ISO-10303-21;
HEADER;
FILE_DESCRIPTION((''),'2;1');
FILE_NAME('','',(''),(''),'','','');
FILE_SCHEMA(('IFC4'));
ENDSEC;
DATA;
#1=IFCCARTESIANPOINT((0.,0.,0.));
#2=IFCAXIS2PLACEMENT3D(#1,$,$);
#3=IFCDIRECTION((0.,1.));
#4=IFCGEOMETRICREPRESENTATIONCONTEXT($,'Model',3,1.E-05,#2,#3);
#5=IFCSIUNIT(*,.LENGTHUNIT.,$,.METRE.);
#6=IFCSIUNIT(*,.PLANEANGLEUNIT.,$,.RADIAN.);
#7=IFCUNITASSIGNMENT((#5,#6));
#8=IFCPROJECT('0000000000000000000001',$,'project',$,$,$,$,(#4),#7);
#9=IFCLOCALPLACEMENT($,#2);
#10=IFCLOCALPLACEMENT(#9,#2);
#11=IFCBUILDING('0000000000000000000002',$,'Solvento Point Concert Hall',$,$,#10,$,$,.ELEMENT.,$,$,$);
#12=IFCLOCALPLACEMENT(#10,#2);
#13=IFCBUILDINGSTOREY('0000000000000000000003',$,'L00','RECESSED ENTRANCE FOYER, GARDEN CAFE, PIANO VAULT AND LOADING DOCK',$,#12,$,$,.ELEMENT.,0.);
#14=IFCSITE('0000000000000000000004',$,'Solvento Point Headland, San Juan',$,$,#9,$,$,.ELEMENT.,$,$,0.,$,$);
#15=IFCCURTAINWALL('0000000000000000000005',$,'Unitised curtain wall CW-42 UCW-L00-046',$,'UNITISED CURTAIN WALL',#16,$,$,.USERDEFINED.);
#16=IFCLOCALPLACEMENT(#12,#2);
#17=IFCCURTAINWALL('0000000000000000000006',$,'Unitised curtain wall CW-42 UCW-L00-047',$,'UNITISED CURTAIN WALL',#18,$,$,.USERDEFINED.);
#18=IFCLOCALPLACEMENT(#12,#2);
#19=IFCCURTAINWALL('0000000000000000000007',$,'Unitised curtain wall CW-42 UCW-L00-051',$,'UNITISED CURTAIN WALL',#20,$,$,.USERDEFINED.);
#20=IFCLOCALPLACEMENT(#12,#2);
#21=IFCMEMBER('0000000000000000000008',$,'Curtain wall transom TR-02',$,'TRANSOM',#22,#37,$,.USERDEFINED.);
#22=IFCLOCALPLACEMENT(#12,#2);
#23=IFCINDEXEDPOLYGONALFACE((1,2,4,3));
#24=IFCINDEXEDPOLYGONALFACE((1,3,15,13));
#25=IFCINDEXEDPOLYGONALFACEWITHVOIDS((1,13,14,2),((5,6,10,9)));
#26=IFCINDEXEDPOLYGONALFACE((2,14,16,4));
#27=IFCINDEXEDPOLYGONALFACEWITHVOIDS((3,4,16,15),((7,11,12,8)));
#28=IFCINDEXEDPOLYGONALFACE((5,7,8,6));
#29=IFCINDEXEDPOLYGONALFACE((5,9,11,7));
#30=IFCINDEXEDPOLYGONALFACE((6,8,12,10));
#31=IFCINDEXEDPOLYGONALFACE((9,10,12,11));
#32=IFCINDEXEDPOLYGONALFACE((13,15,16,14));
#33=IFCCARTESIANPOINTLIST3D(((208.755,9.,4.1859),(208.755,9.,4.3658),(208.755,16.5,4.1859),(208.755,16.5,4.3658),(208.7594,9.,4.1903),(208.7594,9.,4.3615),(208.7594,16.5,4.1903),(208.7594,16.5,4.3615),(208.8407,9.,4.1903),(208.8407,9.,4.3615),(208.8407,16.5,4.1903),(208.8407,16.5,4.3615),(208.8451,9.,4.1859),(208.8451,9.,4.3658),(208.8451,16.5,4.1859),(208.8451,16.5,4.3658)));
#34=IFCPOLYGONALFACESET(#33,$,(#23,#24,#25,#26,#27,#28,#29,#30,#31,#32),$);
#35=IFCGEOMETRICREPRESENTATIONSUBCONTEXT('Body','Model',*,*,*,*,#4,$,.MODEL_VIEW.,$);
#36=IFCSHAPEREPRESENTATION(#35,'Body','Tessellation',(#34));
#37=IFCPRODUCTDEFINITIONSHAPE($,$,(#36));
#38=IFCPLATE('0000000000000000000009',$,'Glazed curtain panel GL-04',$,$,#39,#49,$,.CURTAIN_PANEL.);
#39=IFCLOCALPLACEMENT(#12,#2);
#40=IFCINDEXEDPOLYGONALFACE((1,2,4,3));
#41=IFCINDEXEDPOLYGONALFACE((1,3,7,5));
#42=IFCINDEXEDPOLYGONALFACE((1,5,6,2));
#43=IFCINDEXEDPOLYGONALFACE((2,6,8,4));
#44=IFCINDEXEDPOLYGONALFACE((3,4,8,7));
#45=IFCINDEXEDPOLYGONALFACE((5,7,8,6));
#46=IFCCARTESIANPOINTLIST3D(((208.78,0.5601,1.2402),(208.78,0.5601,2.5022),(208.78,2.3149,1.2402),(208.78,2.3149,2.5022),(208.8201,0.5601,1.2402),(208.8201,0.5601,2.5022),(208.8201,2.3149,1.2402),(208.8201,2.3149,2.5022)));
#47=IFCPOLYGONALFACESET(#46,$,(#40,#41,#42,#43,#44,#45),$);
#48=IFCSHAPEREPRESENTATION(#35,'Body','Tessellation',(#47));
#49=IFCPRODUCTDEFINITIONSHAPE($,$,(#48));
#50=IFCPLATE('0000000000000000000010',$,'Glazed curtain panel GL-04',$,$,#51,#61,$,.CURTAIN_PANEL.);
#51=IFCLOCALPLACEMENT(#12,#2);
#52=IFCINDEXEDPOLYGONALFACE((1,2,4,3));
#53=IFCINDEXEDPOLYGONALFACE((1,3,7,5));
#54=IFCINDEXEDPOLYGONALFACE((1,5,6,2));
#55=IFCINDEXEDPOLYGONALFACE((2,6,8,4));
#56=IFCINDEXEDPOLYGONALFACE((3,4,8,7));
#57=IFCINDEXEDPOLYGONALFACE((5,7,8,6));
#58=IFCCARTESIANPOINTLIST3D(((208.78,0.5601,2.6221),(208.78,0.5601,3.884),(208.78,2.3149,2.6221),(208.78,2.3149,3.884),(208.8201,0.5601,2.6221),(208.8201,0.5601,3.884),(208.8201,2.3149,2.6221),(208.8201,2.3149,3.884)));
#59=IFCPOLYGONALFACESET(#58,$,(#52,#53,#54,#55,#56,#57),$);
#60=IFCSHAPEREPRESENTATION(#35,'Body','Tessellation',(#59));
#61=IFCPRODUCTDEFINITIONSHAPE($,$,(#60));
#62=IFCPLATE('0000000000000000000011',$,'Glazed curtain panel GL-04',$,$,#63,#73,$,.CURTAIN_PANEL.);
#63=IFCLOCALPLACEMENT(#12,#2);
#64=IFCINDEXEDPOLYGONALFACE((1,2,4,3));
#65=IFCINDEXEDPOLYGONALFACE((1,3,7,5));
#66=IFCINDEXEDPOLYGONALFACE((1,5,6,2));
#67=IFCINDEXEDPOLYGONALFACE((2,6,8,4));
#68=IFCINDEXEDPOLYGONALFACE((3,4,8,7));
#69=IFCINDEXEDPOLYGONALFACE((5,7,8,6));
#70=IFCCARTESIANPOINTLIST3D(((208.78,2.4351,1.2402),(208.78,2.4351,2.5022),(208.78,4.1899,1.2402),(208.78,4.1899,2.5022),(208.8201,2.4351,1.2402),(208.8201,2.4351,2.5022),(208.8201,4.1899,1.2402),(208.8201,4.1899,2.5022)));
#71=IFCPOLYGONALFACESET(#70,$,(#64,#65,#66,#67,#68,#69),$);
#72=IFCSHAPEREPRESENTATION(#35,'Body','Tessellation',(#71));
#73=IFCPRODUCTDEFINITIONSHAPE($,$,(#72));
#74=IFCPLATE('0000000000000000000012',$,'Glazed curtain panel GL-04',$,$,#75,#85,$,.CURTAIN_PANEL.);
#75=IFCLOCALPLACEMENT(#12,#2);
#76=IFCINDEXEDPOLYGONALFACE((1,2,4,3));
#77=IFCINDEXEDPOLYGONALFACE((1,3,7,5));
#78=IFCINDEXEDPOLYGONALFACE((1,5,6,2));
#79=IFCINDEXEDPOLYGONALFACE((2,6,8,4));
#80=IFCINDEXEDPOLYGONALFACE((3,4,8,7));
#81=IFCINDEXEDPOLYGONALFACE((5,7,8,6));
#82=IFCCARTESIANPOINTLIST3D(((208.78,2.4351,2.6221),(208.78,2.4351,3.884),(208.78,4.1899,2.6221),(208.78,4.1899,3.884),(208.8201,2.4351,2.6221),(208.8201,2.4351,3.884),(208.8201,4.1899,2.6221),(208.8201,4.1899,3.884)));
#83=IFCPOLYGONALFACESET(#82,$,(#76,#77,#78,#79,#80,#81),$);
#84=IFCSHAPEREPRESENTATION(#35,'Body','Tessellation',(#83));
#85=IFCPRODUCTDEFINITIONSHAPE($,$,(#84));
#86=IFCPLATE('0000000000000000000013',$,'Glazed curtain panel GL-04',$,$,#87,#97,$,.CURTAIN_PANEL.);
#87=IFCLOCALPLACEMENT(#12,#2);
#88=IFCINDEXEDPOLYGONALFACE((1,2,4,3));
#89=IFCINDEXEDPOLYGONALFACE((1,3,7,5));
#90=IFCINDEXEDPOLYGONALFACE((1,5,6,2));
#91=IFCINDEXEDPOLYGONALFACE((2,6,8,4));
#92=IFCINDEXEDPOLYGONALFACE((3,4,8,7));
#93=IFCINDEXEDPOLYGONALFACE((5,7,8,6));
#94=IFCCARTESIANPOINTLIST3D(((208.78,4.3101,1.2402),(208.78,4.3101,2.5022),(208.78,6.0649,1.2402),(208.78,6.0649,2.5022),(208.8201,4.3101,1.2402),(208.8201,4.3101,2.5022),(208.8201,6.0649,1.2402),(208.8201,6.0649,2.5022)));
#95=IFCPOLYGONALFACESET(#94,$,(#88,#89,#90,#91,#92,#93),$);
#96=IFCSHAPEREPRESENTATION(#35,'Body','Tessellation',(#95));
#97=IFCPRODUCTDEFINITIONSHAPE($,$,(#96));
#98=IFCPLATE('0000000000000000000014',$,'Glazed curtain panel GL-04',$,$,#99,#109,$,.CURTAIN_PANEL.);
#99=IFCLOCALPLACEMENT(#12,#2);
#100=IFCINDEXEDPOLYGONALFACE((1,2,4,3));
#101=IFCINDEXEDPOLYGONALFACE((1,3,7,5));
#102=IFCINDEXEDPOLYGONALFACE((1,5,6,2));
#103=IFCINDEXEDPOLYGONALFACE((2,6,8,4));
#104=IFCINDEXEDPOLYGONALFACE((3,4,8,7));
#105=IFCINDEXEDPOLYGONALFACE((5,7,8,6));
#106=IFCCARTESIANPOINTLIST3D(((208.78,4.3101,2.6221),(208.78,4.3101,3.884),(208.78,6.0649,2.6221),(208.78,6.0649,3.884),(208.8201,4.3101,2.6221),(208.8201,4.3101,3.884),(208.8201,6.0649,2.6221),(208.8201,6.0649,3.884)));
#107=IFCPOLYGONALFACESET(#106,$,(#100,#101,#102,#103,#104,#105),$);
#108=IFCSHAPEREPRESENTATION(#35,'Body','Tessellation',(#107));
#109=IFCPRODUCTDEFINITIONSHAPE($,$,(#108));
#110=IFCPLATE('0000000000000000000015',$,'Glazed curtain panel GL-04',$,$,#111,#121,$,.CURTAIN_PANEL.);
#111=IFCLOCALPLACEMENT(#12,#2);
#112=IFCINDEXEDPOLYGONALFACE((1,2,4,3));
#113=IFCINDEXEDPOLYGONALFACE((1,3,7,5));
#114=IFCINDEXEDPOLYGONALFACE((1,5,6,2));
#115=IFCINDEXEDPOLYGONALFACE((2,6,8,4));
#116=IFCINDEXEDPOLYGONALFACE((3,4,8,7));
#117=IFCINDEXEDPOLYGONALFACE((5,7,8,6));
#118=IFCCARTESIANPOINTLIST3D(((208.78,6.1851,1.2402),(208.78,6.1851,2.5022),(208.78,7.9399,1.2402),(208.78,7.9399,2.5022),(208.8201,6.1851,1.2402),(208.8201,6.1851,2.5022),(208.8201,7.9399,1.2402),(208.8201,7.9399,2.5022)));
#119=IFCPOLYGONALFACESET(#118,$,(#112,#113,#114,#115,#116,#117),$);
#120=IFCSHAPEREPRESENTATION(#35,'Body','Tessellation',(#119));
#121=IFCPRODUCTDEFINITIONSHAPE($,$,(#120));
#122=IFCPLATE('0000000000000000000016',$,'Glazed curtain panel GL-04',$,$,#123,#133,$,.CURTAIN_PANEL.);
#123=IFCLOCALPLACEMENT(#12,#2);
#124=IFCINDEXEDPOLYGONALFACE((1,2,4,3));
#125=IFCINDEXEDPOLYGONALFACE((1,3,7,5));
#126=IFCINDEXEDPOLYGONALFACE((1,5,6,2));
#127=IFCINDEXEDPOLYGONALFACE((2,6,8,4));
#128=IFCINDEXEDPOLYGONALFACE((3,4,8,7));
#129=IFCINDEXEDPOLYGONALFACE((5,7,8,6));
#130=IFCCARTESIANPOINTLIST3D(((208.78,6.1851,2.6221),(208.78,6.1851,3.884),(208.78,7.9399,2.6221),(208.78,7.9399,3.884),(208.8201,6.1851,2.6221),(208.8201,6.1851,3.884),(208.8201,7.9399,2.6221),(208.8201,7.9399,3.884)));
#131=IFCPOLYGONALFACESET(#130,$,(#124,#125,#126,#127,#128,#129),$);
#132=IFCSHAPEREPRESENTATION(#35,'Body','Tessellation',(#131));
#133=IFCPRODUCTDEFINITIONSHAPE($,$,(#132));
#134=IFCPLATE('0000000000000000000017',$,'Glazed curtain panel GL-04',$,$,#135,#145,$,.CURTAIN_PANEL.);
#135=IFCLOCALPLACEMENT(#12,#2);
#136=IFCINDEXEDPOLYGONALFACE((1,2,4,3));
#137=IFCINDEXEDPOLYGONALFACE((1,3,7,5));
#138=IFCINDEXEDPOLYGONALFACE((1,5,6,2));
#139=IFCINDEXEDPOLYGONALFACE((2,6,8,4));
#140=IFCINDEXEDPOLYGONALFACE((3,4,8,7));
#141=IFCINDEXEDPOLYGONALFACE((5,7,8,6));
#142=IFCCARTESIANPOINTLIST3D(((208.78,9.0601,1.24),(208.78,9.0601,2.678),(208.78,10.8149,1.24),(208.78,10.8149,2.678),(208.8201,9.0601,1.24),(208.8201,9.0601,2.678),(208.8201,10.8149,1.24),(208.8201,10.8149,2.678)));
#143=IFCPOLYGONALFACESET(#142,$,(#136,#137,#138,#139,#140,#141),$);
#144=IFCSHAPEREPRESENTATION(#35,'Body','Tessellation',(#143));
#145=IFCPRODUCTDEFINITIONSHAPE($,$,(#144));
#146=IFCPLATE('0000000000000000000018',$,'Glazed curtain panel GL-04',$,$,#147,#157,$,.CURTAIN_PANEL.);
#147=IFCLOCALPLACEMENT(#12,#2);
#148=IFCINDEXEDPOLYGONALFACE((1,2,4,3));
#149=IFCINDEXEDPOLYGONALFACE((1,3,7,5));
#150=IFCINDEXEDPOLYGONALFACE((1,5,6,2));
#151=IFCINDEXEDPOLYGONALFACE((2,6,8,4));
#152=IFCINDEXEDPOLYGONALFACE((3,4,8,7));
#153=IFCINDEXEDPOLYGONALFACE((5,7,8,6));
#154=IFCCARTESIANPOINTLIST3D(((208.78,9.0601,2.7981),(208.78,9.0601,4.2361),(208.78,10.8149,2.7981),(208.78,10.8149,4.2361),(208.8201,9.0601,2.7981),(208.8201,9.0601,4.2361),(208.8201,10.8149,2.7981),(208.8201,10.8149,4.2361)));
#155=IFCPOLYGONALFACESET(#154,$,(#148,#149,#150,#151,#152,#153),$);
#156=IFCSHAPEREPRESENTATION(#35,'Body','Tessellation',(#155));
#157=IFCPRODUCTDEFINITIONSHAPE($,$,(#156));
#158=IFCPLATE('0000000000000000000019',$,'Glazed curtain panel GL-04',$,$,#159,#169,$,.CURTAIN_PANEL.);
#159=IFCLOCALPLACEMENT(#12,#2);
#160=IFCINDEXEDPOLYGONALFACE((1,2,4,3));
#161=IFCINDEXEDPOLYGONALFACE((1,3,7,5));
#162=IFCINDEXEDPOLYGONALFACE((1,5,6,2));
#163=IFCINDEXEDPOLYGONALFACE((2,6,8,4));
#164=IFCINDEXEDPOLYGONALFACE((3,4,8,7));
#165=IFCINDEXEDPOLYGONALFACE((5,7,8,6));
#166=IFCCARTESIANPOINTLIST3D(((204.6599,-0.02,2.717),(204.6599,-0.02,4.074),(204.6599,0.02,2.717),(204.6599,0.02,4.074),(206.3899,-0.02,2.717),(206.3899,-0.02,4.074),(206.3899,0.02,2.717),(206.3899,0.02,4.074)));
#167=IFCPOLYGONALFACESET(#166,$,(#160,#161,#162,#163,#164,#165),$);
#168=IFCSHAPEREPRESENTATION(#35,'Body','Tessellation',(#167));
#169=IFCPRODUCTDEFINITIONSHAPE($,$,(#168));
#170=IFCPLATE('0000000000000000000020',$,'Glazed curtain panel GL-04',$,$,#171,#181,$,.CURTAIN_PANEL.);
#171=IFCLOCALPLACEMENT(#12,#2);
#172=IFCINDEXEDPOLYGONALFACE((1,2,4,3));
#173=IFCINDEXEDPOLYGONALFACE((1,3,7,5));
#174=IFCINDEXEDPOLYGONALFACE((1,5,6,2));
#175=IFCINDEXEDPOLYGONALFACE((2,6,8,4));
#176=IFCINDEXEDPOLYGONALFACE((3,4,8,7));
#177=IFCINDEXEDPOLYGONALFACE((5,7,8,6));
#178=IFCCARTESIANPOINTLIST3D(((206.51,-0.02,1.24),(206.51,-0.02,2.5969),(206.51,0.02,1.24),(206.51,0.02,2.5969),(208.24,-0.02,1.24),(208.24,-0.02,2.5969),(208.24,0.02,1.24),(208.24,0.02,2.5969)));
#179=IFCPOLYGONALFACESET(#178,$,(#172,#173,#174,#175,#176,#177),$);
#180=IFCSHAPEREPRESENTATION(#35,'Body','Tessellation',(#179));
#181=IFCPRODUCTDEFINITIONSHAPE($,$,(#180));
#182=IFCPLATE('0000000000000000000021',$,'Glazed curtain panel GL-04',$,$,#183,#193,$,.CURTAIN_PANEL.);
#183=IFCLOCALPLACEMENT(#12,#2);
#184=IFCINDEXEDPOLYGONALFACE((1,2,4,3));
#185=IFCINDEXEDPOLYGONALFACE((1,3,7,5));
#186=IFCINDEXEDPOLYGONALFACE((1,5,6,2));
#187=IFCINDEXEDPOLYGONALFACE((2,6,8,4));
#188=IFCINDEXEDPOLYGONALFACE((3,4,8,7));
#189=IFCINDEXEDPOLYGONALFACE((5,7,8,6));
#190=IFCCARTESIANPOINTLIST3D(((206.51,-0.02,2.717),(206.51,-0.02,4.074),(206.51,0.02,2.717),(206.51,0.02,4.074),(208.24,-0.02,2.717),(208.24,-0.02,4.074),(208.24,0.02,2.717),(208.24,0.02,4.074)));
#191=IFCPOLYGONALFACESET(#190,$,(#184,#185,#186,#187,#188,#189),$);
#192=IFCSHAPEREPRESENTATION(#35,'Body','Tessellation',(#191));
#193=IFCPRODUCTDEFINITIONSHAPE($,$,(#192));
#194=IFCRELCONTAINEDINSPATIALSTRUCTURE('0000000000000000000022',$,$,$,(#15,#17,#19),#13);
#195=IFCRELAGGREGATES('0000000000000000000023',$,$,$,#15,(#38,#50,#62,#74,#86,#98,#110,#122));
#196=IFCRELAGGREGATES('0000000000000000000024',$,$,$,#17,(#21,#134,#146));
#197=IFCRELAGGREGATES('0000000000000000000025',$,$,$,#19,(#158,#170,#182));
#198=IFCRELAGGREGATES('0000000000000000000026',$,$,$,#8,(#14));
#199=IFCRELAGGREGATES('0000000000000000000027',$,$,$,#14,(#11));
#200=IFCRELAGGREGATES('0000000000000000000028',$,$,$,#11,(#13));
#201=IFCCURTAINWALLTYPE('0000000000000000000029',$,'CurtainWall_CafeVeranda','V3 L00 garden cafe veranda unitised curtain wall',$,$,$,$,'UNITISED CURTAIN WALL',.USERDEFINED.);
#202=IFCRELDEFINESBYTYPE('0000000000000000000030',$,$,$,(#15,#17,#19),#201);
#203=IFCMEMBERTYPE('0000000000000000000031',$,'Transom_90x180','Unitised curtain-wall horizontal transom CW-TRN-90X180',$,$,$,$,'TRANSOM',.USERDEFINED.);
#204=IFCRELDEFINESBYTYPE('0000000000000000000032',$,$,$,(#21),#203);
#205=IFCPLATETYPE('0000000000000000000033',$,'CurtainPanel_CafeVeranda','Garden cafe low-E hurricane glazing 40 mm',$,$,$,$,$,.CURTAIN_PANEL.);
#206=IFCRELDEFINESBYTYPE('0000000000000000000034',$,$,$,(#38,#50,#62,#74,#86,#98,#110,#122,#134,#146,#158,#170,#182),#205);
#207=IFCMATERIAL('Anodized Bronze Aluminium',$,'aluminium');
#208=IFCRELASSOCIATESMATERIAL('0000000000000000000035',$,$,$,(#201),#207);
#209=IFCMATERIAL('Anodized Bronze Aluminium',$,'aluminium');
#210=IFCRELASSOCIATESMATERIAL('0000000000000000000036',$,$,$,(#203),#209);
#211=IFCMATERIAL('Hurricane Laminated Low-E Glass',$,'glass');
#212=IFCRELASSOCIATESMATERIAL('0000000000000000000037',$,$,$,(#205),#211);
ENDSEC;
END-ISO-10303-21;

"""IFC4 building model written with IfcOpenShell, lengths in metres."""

from ifc_helpers import new_model, si_unit, direction, frame, origin, origin_2d, place, context, subcontext, project, spatial, rectangle, hollow_rectangle, extrude, material, material_profile, profile_set, type_object, element, aggregate, save


model = new_model("IFC4")

# Units and contexts
model_context = context("Model", 3, precision=1e-05, world=origin(), true_north=direction((0.0, 1.0)))
body_context = subcontext(model_context, "Body", "Model", "MODEL_VIEW")
ifc_project = project(units=[si_unit("LENGTHUNIT", "METRE"), si_unit("PLANEANGLEUNIT", "RADIAN")], contexts=[model_context])

# Site, building, storey
site_placement = place(None, origin())
site = spatial("IfcSite", under=ifc_project, at=site_placement, Name="Solvento Point Headland, San Juan", CompositionType="ELEMENT", RefElevation=0.0)
building_placement = place(site_placement, origin())
building = spatial("IfcBuilding", under=site, at=building_placement, Name="Solvento Point Concert Hall", CompositionType="ELEMENT")
storey_placement = place(building_placement, origin())
storey = spatial("IfcBuildingStorey", under=building, at=storey_placement, Name="L00", Description="RECESSED ENTRANCE FOYER, GARDEN CAFE, PIANO VAULT AND LOADING DOCK", CompositionType="ELEMENT", Elevation=0.0)

# Curtain walls
ifc_material_1 = material(Name="Anodized Bronze Aluminium", Category="aluminium")
curtain_wall_type = type_object("IfcCurtainWallType", Name="CurtainWall_CafeVeranda", Description="V3 L00 garden cafe veranda unitised curtain wall", ElementType="UNITISED CURTAIN WALL", PredefinedType="USERDEFINED", material=ifc_material_1)
curtain_wall_1_placement = place(storey_placement, origin())
curtain_wall_1 = element("IfcCurtainWall", 1, at=curtain_wall_1_placement, inside=storey, type_object=curtain_wall_type, Name="Unitised curtain wall CW-42 UCW-L00-046", ObjectType="UNITISED CURTAIN WALL", PredefinedType="USERDEFINED")
curtain_wall_2_placement = place(storey_placement, origin())
curtain_wall_2 = element("IfcCurtainWall", 2, at=curtain_wall_2_placement, inside=storey, type_object=curtain_wall_type, Name="Unitised curtain wall CW-42 UCW-L00-047", ObjectType="UNITISED CURTAIN WALL", PredefinedType="USERDEFINED")
curtain_wall_3_placement = place(storey_placement, origin())
curtain_wall_3 = element("IfcCurtainWall", 3, at=curtain_wall_3_placement, inside=storey, type_object=curtain_wall_type, Name="Unitised curtain wall CW-42 UCW-L00-051", ObjectType="UNITISED CURTAIN WALL", PredefinedType="USERDEFINED")

# Member
ifc_material_2 = material(Name="Anodized Bronze Aluminium", Category="aluminium")
ifc_material_profile_1 = material_profile(ifc_material_2, hollow_rectangle(XDim=0.0901, YDim=0.1799, WallThickness=0.0044, at=origin_2d()), Name="CW-TRN-90X180")
ifc_profile_set_1 = profile_set([ifc_material_profile_1], Name="Anodized Bronze Aluminium")
member_type_1 = type_object("IfcMemberType", Name="Transom_90x180", Description="Unitised curtain-wall horizontal transom CW-TRN-90X180", ElementType="TRANSOM", PredefinedType="USERDEFINED", material=ifc_profile_set_1)
member_1_placement = place(storey_placement, frame((208.8, 9.0, 4.2759), z_axis=(0.0, 1.0, 0.0), x_axis=(-1.0, 0.0, 0.0)))
member_1 = element("IfcMember", 4, at=member_1_placement, type_object=member_type_1, Name="Curtain wall transom TR-02", ObjectType="TRANSOM", PredefinedType="USERDEFINED", context=body_context, shape_type="SweptSolid", body=[
    extrude(hollow_rectangle(XDim=0.0901, YDim=0.1799, WallThickness=0.0044, at=origin_2d()), origin(), (0.0, 0.0, 1.0), 7.5),
])

# Plates
ifc_material_3 = material(Name="Hurricane Laminated Low-E Glass", Category="glass")
plate_type = type_object("IfcPlateType", Name="CurtainPanel_CafeVeranda", Description="Garden cafe low-E hurricane glazing 40 mm", PredefinedType="CURTAIN_PANEL", material=ifc_material_3)
plate_1_placement = place(storey_placement, frame((208.8, 1.4375, 1.2402), z_axis=(0.0, 0.0, 1.0), x_axis=(0.0, 1.0, 0.0)))
plate_1 = element("IfcPlate", 5, at=plate_1_placement, type_object=plate_type, Name="Glazed curtain panel GL-04", PredefinedType="CURTAIN_PANEL", context=body_context, shape_type="SweptSolid", body=[
    extrude(rectangle(XDim=1.7549, YDim=0.04, at=origin_2d()), origin(), (0.0, 0.0, 1.0), 1.262),
])
plate_2_placement = place(storey_placement, frame((208.8, 1.4375, 2.6221), z_axis=(0.0, 0.0, 1.0), x_axis=(0.0, 1.0, 0.0)))
plate_2 = element("IfcPlate", 6, at=plate_2_placement, type_object=plate_type, Name="Glazed curtain panel GL-04", PredefinedType="CURTAIN_PANEL", context=body_context, shape_type="SweptSolid", body=[
    extrude(rectangle(XDim=1.7549, YDim=0.04, at=origin_2d()), origin(), (0.0, 0.0, 1.0), 1.262),
])
plate_3_placement = place(storey_placement, frame((208.8, 3.3125, 1.2402), z_axis=(0.0, 0.0, 1.0), x_axis=(0.0, 1.0, 0.0)))
plate_3 = element("IfcPlate", 7, at=plate_3_placement, type_object=plate_type, Name="Glazed curtain panel GL-04", PredefinedType="CURTAIN_PANEL", context=body_context, shape_type="SweptSolid", body=[
    extrude(rectangle(XDim=1.7549, YDim=0.04, at=origin_2d()), origin(), (0.0, 0.0, 1.0), 1.262),
])
plate_4_placement = place(storey_placement, frame((208.8, 3.3125, 2.6221), z_axis=(0.0, 0.0, 1.0), x_axis=(0.0, 1.0, 0.0)))
plate_4 = element("IfcPlate", 8, at=plate_4_placement, type_object=plate_type, Name="Glazed curtain panel GL-04", PredefinedType="CURTAIN_PANEL", context=body_context, shape_type="SweptSolid", body=[
    extrude(rectangle(XDim=1.7549, YDim=0.04, at=origin_2d()), origin(), (0.0, 0.0, 1.0), 1.262),
])
plate_5_placement = place(storey_placement, frame((208.8, 5.1875, 1.2402), z_axis=(0.0, 0.0, 1.0), x_axis=(0.0, 1.0, 0.0)))
plate_5 = element("IfcPlate", 9, at=plate_5_placement, type_object=plate_type, Name="Glazed curtain panel GL-04", PredefinedType="CURTAIN_PANEL", context=body_context, shape_type="SweptSolid", body=[
    extrude(rectangle(XDim=1.7549, YDim=0.04, at=origin_2d()), origin(), (0.0, 0.0, 1.0), 1.262),
])
plate_6_placement = place(storey_placement, frame((208.8, 5.1875, 2.6221), z_axis=(0.0, 0.0, 1.0), x_axis=(0.0, 1.0, 0.0)))
plate_6 = element("IfcPlate", 10, at=plate_6_placement, type_object=plate_type, Name="Glazed curtain panel GL-04", PredefinedType="CURTAIN_PANEL", context=body_context, shape_type="SweptSolid", body=[
    extrude(rectangle(XDim=1.7549, YDim=0.04, at=origin_2d()), origin(), (0.0, 0.0, 1.0), 1.262),
])
plate_7_placement = place(storey_placement, frame((208.8, 7.0625, 1.2402), z_axis=(0.0, 0.0, 1.0), x_axis=(0.0, 1.0, 0.0)))
plate_7 = element("IfcPlate", 11, at=plate_7_placement, type_object=plate_type, Name="Glazed curtain panel GL-04", PredefinedType="CURTAIN_PANEL", context=body_context, shape_type="SweptSolid", body=[
    extrude(rectangle(XDim=1.7549, YDim=0.04, at=origin_2d()), origin(), (0.0, 0.0, 1.0), 1.262),
])
plate_8_placement = place(storey_placement, frame((208.8, 7.0625, 2.6221), z_axis=(0.0, 0.0, 1.0), x_axis=(0.0, 1.0, 0.0)))
plate_8 = element("IfcPlate", 12, at=plate_8_placement, type_object=plate_type, Name="Glazed curtain panel GL-04", PredefinedType="CURTAIN_PANEL", context=body_context, shape_type="SweptSolid", body=[
    extrude(rectangle(XDim=1.7549, YDim=0.04, at=origin_2d()), origin(), (0.0, 0.0, 1.0), 1.262),
])
aggregate(curtain_wall_1, [plate_1, plate_2, plate_3, plate_4, plate_5, plate_6, plate_7, plate_8])
plate_9_placement = place(storey_placement, frame((208.8, 9.9375, 1.24), z_axis=(0.0, 0.0, 1.0), x_axis=(0.0, 1.0, 0.0)))
plate_9 = element("IfcPlate", 13, at=plate_9_placement, type_object=plate_type, Name="Glazed curtain panel GL-04", PredefinedType="CURTAIN_PANEL", context=body_context, shape_type="SweptSolid", body=[
    extrude(rectangle(XDim=1.7549, YDim=0.04, at=origin_2d()), origin(), (0.0, 0.0, 1.0), 1.438),
])
plate_10_placement = place(storey_placement, frame((208.8, 9.9375, 2.7981), z_axis=(0.0, 0.0, 1.0), x_axis=(0.0, 1.0, 0.0)))
plate_10 = element("IfcPlate", 14, at=plate_10_placement, type_object=plate_type, Name="Glazed curtain panel GL-04", PredefinedType="CURTAIN_PANEL", context=body_context, shape_type="SweptSolid", body=[
    extrude(rectangle(XDim=1.7549, YDim=0.04, at=origin_2d()), origin(), (0.0, 0.0, 1.0), 1.438),
])
aggregate(curtain_wall_2, [member_1, plate_9, plate_10])
plate_11_placement = place(storey_placement, frame((205.5249, 0.0, 2.717), z_axis=(0.0, 0.0, 1.0), x_axis=(1.0, 0.0, 0.0)))
plate_11 = element("IfcPlate", 15, at=plate_11_placement, type_object=plate_type, Name="Glazed curtain panel GL-04", PredefinedType="CURTAIN_PANEL", context=body_context, shape_type="SweptSolid", body=[
    extrude(rectangle(XDim=1.73, YDim=0.04, at=origin_2d()), origin(), (0.0, 0.0, 1.0), 1.3569),
])
plate_12_placement = place(storey_placement, frame((207.375, 0.0, 1.24), z_axis=(0.0, 0.0, 1.0), x_axis=(1.0, 0.0, 0.0)))
plate_12 = element("IfcPlate", 16, at=plate_12_placement, type_object=plate_type, Name="Glazed curtain panel GL-04", PredefinedType="CURTAIN_PANEL", context=body_context, shape_type="SweptSolid", body=[
    extrude(rectangle(XDim=1.73, YDim=0.04, at=origin_2d()), origin(), (0.0, 0.0, 1.0), 1.3569),
])
plate_13_placement = place(storey_placement, frame((207.375, 0.0, 2.717), z_axis=(0.0, 0.0, 1.0), x_axis=(1.0, 0.0, 0.0)))
plate_13 = element("IfcPlate", 17, at=plate_13_placement, type_object=plate_type, Name="Glazed curtain panel GL-04", PredefinedType="CURTAIN_PANEL", context=body_context, shape_type="SweptSolid", body=[
    extrude(rectangle(XDim=1.73, YDim=0.04, at=origin_2d()), origin(), (0.0, 0.0, 1.0), 1.3569),
])
aggregate(curtain_wall_3, [plate_11, plate_12, plate_13])

save(model, "model.ifc")
